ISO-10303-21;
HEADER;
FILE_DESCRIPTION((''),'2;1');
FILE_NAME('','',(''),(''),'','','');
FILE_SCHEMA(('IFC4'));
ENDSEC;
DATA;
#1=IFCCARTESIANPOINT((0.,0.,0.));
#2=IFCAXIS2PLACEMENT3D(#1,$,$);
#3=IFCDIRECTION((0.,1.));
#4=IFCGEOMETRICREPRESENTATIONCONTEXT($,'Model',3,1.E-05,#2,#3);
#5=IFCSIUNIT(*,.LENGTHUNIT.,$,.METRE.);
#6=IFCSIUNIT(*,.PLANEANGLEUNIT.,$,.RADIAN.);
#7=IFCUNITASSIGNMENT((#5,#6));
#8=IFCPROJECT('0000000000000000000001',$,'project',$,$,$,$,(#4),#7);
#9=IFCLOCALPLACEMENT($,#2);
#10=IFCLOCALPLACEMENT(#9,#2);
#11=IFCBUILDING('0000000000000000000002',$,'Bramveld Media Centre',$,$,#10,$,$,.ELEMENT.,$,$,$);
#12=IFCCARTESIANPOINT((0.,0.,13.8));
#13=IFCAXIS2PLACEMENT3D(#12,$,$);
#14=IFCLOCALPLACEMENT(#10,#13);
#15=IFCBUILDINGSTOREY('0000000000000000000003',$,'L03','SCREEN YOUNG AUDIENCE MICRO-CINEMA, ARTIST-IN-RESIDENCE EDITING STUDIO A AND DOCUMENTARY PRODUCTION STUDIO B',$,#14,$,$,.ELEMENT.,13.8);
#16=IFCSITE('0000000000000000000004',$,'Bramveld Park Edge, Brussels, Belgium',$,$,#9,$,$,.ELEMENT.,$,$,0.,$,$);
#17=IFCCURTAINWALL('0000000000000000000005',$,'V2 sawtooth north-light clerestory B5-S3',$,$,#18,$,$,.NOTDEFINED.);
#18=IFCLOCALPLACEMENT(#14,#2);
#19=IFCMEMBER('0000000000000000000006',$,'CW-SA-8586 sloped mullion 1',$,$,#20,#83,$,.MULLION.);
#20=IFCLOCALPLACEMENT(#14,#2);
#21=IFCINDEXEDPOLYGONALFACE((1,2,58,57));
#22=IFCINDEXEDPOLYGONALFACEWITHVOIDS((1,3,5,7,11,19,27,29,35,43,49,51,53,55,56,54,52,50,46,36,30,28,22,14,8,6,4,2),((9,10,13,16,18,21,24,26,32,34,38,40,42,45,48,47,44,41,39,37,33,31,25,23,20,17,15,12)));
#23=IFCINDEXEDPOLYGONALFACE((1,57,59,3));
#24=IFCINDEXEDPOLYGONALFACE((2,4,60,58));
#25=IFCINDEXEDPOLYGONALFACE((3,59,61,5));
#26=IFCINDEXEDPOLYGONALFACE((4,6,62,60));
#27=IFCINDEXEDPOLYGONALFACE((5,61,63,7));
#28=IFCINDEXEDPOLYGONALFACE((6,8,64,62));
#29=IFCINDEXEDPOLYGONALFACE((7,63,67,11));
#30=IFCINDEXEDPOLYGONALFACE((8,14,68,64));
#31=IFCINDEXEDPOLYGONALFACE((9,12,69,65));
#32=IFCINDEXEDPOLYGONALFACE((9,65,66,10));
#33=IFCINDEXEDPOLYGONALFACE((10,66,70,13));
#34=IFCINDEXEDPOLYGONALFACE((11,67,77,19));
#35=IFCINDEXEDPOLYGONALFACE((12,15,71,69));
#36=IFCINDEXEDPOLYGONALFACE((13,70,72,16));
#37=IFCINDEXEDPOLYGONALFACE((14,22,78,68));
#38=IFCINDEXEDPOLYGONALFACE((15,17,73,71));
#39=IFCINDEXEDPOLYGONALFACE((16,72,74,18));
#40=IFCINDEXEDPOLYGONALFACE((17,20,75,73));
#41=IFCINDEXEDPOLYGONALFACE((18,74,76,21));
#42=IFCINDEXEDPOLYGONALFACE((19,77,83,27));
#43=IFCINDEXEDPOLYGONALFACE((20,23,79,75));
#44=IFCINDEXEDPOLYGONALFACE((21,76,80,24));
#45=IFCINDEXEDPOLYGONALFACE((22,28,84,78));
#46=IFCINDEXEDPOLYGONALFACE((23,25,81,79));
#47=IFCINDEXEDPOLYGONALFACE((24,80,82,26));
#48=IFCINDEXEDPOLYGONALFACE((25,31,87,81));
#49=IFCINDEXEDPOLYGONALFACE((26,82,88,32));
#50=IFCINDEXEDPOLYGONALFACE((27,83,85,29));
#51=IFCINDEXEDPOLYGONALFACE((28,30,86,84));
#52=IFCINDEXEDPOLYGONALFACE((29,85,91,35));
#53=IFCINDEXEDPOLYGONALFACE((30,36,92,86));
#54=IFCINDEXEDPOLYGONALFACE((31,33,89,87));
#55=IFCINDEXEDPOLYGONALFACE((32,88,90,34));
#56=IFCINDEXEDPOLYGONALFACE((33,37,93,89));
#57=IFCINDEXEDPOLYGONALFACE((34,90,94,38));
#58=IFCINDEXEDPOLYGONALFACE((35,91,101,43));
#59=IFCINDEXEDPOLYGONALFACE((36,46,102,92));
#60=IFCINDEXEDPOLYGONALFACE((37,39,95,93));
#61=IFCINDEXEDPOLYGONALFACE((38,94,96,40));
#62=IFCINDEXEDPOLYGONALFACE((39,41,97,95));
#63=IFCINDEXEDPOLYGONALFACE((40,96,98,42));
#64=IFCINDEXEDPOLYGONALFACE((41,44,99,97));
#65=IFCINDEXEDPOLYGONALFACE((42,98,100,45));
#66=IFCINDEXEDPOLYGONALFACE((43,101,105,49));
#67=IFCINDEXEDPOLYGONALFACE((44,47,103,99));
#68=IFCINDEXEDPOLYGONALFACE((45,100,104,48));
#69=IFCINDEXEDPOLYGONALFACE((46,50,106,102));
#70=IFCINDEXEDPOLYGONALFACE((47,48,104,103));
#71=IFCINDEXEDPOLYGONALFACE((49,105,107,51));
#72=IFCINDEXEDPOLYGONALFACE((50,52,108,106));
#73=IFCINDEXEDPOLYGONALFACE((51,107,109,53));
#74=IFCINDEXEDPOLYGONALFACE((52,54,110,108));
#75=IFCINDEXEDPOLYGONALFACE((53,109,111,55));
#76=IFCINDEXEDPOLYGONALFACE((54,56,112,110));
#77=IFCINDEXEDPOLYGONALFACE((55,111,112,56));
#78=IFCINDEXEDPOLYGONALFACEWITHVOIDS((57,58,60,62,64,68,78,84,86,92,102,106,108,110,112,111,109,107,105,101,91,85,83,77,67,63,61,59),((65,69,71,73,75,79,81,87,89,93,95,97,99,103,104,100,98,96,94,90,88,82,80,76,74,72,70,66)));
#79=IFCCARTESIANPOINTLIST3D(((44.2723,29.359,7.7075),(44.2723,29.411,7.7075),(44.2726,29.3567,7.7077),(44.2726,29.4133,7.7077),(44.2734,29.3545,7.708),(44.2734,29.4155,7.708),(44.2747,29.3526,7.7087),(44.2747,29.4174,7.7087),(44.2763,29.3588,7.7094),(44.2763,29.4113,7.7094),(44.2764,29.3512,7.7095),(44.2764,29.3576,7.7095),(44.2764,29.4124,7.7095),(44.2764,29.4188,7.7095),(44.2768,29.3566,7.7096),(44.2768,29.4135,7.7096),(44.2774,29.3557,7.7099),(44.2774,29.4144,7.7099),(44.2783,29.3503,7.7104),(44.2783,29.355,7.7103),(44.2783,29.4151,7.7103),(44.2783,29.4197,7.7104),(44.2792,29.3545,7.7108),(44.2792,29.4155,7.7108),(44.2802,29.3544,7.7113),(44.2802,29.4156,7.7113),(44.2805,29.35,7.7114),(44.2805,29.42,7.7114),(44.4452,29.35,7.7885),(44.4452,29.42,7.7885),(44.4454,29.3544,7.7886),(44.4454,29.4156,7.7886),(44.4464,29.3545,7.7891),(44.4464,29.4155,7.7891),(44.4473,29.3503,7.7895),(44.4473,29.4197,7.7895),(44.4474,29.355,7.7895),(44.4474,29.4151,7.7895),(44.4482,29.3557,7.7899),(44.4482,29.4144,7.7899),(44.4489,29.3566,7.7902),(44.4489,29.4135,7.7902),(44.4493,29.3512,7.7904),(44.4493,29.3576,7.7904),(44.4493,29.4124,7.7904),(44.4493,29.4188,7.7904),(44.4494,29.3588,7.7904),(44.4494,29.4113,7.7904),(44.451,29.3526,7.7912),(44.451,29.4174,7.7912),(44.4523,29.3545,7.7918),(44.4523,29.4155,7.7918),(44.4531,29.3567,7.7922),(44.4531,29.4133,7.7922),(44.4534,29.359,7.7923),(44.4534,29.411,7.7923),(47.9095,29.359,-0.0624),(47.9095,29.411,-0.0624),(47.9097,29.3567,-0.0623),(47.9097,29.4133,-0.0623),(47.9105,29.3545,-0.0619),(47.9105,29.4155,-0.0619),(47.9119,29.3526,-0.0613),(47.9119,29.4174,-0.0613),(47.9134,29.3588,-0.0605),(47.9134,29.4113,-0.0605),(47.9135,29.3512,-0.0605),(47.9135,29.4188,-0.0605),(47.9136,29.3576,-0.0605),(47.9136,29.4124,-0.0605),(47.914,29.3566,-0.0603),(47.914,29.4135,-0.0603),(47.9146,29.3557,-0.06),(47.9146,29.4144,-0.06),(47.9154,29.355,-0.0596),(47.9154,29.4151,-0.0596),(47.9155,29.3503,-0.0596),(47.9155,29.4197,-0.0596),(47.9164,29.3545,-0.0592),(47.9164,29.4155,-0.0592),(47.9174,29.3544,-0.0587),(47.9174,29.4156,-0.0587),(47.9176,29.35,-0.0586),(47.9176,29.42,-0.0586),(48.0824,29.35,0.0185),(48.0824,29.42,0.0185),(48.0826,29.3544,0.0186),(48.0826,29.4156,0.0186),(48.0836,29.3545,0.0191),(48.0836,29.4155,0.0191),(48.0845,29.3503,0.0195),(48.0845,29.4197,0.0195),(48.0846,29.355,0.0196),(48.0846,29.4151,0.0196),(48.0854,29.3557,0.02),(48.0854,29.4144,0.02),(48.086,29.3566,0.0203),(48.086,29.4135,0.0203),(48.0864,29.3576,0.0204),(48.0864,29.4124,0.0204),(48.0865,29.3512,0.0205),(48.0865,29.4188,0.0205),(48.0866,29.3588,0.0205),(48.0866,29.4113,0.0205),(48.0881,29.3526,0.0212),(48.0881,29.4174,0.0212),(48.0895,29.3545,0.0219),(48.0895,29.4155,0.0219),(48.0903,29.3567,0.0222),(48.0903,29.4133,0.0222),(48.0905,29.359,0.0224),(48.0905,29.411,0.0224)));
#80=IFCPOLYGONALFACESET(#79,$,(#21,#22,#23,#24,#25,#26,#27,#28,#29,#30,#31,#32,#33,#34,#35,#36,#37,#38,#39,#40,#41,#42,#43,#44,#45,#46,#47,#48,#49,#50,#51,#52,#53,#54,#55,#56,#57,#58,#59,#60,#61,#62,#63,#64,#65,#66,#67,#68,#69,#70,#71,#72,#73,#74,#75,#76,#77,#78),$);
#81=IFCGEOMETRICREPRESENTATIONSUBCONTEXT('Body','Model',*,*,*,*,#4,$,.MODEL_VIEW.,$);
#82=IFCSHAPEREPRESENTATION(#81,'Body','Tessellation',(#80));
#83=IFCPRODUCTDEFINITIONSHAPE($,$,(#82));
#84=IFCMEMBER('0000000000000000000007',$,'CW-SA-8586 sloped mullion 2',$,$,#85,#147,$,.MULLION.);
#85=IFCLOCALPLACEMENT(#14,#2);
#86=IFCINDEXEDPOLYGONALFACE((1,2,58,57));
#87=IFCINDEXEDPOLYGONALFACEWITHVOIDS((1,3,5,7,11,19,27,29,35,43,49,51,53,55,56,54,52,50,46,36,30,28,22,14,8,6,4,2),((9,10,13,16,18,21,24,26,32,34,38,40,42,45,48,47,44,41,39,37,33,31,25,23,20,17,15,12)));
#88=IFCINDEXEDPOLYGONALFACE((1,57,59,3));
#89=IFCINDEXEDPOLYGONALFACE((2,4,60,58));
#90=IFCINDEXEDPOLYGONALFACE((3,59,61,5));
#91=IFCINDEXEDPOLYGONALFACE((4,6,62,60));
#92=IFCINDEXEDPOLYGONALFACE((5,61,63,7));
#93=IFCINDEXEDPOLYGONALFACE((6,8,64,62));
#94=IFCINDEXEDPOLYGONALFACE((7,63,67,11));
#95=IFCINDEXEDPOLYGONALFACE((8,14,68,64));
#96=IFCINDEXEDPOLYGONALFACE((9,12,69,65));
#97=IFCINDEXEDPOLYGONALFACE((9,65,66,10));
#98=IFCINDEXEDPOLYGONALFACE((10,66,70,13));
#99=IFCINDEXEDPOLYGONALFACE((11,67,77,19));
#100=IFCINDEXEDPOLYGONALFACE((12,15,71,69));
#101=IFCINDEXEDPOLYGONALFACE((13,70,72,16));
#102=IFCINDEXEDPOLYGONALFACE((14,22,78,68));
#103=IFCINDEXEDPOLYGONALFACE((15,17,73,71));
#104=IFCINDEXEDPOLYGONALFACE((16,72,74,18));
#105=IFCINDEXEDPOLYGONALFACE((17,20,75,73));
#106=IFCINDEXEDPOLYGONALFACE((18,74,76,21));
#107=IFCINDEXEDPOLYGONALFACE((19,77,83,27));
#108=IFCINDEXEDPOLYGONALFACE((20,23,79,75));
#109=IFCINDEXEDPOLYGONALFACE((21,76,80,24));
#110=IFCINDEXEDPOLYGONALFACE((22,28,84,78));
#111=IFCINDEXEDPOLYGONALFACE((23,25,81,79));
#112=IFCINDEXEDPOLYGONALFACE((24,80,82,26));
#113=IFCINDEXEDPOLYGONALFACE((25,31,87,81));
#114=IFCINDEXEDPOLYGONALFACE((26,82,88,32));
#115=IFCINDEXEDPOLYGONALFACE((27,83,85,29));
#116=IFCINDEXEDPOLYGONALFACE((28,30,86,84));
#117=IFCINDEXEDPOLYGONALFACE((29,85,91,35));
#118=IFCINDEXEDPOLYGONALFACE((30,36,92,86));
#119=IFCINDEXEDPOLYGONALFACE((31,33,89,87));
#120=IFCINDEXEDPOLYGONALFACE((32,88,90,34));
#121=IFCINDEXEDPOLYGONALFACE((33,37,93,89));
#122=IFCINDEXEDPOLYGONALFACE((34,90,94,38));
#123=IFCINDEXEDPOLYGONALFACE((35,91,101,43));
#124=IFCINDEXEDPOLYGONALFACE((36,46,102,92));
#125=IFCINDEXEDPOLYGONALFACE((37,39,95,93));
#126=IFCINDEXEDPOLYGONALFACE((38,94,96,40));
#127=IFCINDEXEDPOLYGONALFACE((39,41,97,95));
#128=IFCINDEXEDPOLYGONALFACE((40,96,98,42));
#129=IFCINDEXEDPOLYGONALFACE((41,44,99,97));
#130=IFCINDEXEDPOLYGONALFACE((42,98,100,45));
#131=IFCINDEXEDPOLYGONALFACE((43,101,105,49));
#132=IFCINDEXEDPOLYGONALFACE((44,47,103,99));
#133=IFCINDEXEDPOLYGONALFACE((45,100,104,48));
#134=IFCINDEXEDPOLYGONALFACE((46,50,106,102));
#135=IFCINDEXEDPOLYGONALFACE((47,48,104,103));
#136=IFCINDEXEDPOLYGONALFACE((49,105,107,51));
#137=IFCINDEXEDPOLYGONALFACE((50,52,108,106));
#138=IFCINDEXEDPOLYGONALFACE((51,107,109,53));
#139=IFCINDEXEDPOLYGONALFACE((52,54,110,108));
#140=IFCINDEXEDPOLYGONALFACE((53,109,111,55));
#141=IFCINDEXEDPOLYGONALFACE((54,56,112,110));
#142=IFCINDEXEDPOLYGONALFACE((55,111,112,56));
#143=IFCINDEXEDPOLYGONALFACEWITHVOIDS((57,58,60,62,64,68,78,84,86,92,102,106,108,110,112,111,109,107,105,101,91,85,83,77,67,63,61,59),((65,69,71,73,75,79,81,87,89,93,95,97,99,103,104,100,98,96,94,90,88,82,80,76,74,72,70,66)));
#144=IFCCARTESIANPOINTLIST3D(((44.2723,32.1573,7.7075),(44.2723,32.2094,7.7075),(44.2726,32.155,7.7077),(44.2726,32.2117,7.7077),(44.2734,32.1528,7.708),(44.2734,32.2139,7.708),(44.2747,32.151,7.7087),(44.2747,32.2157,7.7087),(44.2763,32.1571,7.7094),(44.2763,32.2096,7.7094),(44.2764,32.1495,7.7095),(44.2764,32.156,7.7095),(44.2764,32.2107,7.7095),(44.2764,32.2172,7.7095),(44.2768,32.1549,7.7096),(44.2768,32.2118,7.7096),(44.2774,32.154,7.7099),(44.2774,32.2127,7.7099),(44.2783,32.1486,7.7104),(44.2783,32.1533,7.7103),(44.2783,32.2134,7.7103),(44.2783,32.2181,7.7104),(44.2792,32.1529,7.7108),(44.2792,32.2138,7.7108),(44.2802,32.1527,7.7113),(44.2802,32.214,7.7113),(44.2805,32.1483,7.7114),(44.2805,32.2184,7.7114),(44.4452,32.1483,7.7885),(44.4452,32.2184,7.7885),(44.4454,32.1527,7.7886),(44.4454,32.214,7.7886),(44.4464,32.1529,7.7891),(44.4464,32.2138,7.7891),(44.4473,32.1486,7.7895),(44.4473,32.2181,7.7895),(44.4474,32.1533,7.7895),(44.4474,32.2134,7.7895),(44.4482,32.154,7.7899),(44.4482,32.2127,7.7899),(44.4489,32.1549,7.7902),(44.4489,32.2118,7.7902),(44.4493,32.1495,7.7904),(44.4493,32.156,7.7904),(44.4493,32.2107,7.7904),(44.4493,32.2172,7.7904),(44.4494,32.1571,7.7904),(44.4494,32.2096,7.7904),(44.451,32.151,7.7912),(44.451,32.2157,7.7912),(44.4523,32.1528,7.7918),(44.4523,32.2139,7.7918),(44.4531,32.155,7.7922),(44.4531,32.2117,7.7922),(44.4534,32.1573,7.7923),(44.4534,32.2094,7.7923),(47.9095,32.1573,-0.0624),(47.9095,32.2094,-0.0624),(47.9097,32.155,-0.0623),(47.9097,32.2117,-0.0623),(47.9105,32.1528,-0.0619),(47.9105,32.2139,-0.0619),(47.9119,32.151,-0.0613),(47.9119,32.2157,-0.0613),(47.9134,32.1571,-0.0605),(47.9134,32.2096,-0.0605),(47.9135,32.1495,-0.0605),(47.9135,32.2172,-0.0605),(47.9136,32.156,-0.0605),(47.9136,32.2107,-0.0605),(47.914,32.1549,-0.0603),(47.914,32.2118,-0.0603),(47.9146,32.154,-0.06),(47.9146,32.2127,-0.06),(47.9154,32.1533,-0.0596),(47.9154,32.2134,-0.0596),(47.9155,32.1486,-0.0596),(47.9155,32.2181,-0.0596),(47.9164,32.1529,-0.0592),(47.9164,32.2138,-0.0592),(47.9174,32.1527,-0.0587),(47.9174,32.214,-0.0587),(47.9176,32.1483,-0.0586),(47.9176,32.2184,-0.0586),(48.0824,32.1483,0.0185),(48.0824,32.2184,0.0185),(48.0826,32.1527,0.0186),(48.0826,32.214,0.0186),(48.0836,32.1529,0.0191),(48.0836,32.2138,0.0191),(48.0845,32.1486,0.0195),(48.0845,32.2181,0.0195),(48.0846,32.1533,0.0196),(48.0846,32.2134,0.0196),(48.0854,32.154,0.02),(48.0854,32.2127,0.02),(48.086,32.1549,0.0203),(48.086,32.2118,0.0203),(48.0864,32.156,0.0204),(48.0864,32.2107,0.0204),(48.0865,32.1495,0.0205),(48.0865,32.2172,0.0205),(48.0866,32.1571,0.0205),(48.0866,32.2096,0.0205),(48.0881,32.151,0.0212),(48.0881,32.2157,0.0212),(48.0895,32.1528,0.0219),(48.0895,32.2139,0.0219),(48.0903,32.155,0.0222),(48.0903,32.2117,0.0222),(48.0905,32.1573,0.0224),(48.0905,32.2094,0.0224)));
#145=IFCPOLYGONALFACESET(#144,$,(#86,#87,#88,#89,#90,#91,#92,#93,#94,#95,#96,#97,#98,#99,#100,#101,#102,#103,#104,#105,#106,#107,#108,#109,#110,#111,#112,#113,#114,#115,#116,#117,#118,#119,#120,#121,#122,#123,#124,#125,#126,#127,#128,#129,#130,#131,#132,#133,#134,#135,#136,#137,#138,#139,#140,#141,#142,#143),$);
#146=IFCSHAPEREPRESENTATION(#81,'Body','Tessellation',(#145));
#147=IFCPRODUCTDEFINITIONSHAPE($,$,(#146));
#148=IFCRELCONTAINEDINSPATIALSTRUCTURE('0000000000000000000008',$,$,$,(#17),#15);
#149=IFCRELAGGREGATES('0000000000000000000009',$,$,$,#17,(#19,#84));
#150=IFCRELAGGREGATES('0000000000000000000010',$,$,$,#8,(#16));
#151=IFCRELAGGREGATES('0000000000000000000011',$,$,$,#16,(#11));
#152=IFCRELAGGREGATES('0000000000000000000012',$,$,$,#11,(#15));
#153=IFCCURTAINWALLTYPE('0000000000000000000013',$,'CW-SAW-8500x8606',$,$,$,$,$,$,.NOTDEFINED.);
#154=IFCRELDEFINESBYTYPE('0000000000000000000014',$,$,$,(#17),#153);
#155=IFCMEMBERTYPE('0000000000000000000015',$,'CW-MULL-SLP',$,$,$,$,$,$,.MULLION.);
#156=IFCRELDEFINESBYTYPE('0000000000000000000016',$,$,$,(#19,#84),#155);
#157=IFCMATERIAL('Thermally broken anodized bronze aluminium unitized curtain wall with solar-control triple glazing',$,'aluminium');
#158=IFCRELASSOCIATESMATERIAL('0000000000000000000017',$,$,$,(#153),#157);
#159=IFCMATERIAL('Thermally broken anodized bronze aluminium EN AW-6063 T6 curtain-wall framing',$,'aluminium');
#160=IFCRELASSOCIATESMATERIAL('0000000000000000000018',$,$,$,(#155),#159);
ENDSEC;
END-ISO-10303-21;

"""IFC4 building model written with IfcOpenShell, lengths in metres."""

from ifc_helpers import new_model, si_unit, direction, frame, origin, origin_2d, place, context, subcontext, project, spatial, hollow_rectangle, extrude, material, material_profile, profile_set, type_object, element, aggregate, save


model = new_model("IFC4")

# Units and contexts
model_context = context("Model", 3, precision=1e-05, world=origin(), true_north=direction((0.0, 1.0)))
body_context = subcontext(model_context, "Body", "Model", "MODEL_VIEW")
ifc_project = project(units=[si_unit("LENGTHUNIT", "METRE"), si_unit("PLANEANGLEUNIT", "RADIAN")], contexts=[model_context])

# Site, building, storey
site_placement = place(None, origin())
site = spatial("IfcSite", under=ifc_project, at=site_placement, Name="Bramveld Park Edge, Brussels, Belgium", CompositionType="ELEMENT", RefElevation=0.0)
building_placement = place(site_placement, origin())
building = spatial("IfcBuilding", under=site, at=building_placement, Name="Bramveld Media Centre", CompositionType="ELEMENT")
storey_placement = place(building_placement, frame((0.0, 0.0, 13.8)))
storey = spatial("IfcBuildingStorey", under=building, at=storey_placement, Name="L03", Description="SCREEN YOUNG AUDIENCE MICRO-CINEMA, ARTIST-IN-RESIDENCE EDITING STUDIO A AND DOCUMENTARY PRODUCTION STUDIO B", CompositionType="ELEMENT", Elevation=13.8)

# Curtain wall, members
ifc_material_1 = material(Name="Thermally broken anodized bronze aluminium unitized curtain wall with solar-control triple glazing", Category="aluminium")
curtain_wall_type = type_object("IfcCurtainWallType", Name="CW-SAW-8500x8606", PredefinedType="NOTDEFINED", material=ifc_material_1)
curtain_wall_placement = place(storey_placement, origin())
curtain_wall = element("IfcCurtainWall", 1, at=curtain_wall_placement, inside=storey, type_object=curtain_wall_type, Name="V2 sawtooth north-light clerestory B5-S3", PredefinedType="NOTDEFINED")
ifc_material_2 = material(Name="Thermally broken anodized bronze aluminium EN AW-6063 T6 curtain-wall framing", Category="aluminium")
ifc_material_profile_1 = material_profile(ifc_material_2, hollow_rectangle(XDim=0.0701, YDim=0.2, WallThickness=0.0044, InnerFilletRadius=0.0044, OuterFilletRadius=0.009, at=origin_2d()), Name="AL-MULL 70x200")
ifc_profile_set_1 = profile_set([ifc_material_profile_1], Name="Thermally broken anodized bronze aluminium EN AW-6063 T6 curtain-wall framing")
member_type_1 = type_object("IfcMemberType", Name="CW-MULL-SLP", PredefinedType="MULLION", material=ifc_profile_set_1)
member_1_placement = place(storey_placement, frame((48.0, 29.385, -0.02), z_axis=(-0.423957, 0.0, 0.905682), x_axis=(0.0, -1.0, 0.0)))
member_1 = element("IfcMember", 2, at=member_1_placement, type_object=member_type_1, Name="CW-SA-8586 sloped mullion 1", PredefinedType="MULLION", context=body_context, shape_type="SweptSolid", body=[
    extrude(hollow_rectangle(XDim=0.0701, YDim=0.2, WallThickness=0.0044, InnerFilletRadius=0.0044, OuterFilletRadius=0.009, at=origin_2d()), origin(), (0.0, 0.0, 1.0), 8.5791),
])
member_2_placement = place(storey_placement, frame((48.0, 32.1833, -0.02), z_axis=(-0.423957, 0.0, 0.905682), x_axis=(0.0, -1.0, 0.0)))
member_2 = element("IfcMember", 3, at=member_2_placement, type_object=member_type_1, Name="CW-SA-8586 sloped mullion 2", PredefinedType="MULLION", context=body_context, shape_type="SweptSolid", body=[
    extrude(hollow_rectangle(XDim=0.0701, YDim=0.2, WallThickness=0.0044, InnerFilletRadius=0.0044, OuterFilletRadius=0.009, at=origin_2d()), origin(), (0.0, 0.0, 1.0), 8.5791),
])

aggregate(curtain_wall, [member_1, member_2])

save(model, "model.ifc")
